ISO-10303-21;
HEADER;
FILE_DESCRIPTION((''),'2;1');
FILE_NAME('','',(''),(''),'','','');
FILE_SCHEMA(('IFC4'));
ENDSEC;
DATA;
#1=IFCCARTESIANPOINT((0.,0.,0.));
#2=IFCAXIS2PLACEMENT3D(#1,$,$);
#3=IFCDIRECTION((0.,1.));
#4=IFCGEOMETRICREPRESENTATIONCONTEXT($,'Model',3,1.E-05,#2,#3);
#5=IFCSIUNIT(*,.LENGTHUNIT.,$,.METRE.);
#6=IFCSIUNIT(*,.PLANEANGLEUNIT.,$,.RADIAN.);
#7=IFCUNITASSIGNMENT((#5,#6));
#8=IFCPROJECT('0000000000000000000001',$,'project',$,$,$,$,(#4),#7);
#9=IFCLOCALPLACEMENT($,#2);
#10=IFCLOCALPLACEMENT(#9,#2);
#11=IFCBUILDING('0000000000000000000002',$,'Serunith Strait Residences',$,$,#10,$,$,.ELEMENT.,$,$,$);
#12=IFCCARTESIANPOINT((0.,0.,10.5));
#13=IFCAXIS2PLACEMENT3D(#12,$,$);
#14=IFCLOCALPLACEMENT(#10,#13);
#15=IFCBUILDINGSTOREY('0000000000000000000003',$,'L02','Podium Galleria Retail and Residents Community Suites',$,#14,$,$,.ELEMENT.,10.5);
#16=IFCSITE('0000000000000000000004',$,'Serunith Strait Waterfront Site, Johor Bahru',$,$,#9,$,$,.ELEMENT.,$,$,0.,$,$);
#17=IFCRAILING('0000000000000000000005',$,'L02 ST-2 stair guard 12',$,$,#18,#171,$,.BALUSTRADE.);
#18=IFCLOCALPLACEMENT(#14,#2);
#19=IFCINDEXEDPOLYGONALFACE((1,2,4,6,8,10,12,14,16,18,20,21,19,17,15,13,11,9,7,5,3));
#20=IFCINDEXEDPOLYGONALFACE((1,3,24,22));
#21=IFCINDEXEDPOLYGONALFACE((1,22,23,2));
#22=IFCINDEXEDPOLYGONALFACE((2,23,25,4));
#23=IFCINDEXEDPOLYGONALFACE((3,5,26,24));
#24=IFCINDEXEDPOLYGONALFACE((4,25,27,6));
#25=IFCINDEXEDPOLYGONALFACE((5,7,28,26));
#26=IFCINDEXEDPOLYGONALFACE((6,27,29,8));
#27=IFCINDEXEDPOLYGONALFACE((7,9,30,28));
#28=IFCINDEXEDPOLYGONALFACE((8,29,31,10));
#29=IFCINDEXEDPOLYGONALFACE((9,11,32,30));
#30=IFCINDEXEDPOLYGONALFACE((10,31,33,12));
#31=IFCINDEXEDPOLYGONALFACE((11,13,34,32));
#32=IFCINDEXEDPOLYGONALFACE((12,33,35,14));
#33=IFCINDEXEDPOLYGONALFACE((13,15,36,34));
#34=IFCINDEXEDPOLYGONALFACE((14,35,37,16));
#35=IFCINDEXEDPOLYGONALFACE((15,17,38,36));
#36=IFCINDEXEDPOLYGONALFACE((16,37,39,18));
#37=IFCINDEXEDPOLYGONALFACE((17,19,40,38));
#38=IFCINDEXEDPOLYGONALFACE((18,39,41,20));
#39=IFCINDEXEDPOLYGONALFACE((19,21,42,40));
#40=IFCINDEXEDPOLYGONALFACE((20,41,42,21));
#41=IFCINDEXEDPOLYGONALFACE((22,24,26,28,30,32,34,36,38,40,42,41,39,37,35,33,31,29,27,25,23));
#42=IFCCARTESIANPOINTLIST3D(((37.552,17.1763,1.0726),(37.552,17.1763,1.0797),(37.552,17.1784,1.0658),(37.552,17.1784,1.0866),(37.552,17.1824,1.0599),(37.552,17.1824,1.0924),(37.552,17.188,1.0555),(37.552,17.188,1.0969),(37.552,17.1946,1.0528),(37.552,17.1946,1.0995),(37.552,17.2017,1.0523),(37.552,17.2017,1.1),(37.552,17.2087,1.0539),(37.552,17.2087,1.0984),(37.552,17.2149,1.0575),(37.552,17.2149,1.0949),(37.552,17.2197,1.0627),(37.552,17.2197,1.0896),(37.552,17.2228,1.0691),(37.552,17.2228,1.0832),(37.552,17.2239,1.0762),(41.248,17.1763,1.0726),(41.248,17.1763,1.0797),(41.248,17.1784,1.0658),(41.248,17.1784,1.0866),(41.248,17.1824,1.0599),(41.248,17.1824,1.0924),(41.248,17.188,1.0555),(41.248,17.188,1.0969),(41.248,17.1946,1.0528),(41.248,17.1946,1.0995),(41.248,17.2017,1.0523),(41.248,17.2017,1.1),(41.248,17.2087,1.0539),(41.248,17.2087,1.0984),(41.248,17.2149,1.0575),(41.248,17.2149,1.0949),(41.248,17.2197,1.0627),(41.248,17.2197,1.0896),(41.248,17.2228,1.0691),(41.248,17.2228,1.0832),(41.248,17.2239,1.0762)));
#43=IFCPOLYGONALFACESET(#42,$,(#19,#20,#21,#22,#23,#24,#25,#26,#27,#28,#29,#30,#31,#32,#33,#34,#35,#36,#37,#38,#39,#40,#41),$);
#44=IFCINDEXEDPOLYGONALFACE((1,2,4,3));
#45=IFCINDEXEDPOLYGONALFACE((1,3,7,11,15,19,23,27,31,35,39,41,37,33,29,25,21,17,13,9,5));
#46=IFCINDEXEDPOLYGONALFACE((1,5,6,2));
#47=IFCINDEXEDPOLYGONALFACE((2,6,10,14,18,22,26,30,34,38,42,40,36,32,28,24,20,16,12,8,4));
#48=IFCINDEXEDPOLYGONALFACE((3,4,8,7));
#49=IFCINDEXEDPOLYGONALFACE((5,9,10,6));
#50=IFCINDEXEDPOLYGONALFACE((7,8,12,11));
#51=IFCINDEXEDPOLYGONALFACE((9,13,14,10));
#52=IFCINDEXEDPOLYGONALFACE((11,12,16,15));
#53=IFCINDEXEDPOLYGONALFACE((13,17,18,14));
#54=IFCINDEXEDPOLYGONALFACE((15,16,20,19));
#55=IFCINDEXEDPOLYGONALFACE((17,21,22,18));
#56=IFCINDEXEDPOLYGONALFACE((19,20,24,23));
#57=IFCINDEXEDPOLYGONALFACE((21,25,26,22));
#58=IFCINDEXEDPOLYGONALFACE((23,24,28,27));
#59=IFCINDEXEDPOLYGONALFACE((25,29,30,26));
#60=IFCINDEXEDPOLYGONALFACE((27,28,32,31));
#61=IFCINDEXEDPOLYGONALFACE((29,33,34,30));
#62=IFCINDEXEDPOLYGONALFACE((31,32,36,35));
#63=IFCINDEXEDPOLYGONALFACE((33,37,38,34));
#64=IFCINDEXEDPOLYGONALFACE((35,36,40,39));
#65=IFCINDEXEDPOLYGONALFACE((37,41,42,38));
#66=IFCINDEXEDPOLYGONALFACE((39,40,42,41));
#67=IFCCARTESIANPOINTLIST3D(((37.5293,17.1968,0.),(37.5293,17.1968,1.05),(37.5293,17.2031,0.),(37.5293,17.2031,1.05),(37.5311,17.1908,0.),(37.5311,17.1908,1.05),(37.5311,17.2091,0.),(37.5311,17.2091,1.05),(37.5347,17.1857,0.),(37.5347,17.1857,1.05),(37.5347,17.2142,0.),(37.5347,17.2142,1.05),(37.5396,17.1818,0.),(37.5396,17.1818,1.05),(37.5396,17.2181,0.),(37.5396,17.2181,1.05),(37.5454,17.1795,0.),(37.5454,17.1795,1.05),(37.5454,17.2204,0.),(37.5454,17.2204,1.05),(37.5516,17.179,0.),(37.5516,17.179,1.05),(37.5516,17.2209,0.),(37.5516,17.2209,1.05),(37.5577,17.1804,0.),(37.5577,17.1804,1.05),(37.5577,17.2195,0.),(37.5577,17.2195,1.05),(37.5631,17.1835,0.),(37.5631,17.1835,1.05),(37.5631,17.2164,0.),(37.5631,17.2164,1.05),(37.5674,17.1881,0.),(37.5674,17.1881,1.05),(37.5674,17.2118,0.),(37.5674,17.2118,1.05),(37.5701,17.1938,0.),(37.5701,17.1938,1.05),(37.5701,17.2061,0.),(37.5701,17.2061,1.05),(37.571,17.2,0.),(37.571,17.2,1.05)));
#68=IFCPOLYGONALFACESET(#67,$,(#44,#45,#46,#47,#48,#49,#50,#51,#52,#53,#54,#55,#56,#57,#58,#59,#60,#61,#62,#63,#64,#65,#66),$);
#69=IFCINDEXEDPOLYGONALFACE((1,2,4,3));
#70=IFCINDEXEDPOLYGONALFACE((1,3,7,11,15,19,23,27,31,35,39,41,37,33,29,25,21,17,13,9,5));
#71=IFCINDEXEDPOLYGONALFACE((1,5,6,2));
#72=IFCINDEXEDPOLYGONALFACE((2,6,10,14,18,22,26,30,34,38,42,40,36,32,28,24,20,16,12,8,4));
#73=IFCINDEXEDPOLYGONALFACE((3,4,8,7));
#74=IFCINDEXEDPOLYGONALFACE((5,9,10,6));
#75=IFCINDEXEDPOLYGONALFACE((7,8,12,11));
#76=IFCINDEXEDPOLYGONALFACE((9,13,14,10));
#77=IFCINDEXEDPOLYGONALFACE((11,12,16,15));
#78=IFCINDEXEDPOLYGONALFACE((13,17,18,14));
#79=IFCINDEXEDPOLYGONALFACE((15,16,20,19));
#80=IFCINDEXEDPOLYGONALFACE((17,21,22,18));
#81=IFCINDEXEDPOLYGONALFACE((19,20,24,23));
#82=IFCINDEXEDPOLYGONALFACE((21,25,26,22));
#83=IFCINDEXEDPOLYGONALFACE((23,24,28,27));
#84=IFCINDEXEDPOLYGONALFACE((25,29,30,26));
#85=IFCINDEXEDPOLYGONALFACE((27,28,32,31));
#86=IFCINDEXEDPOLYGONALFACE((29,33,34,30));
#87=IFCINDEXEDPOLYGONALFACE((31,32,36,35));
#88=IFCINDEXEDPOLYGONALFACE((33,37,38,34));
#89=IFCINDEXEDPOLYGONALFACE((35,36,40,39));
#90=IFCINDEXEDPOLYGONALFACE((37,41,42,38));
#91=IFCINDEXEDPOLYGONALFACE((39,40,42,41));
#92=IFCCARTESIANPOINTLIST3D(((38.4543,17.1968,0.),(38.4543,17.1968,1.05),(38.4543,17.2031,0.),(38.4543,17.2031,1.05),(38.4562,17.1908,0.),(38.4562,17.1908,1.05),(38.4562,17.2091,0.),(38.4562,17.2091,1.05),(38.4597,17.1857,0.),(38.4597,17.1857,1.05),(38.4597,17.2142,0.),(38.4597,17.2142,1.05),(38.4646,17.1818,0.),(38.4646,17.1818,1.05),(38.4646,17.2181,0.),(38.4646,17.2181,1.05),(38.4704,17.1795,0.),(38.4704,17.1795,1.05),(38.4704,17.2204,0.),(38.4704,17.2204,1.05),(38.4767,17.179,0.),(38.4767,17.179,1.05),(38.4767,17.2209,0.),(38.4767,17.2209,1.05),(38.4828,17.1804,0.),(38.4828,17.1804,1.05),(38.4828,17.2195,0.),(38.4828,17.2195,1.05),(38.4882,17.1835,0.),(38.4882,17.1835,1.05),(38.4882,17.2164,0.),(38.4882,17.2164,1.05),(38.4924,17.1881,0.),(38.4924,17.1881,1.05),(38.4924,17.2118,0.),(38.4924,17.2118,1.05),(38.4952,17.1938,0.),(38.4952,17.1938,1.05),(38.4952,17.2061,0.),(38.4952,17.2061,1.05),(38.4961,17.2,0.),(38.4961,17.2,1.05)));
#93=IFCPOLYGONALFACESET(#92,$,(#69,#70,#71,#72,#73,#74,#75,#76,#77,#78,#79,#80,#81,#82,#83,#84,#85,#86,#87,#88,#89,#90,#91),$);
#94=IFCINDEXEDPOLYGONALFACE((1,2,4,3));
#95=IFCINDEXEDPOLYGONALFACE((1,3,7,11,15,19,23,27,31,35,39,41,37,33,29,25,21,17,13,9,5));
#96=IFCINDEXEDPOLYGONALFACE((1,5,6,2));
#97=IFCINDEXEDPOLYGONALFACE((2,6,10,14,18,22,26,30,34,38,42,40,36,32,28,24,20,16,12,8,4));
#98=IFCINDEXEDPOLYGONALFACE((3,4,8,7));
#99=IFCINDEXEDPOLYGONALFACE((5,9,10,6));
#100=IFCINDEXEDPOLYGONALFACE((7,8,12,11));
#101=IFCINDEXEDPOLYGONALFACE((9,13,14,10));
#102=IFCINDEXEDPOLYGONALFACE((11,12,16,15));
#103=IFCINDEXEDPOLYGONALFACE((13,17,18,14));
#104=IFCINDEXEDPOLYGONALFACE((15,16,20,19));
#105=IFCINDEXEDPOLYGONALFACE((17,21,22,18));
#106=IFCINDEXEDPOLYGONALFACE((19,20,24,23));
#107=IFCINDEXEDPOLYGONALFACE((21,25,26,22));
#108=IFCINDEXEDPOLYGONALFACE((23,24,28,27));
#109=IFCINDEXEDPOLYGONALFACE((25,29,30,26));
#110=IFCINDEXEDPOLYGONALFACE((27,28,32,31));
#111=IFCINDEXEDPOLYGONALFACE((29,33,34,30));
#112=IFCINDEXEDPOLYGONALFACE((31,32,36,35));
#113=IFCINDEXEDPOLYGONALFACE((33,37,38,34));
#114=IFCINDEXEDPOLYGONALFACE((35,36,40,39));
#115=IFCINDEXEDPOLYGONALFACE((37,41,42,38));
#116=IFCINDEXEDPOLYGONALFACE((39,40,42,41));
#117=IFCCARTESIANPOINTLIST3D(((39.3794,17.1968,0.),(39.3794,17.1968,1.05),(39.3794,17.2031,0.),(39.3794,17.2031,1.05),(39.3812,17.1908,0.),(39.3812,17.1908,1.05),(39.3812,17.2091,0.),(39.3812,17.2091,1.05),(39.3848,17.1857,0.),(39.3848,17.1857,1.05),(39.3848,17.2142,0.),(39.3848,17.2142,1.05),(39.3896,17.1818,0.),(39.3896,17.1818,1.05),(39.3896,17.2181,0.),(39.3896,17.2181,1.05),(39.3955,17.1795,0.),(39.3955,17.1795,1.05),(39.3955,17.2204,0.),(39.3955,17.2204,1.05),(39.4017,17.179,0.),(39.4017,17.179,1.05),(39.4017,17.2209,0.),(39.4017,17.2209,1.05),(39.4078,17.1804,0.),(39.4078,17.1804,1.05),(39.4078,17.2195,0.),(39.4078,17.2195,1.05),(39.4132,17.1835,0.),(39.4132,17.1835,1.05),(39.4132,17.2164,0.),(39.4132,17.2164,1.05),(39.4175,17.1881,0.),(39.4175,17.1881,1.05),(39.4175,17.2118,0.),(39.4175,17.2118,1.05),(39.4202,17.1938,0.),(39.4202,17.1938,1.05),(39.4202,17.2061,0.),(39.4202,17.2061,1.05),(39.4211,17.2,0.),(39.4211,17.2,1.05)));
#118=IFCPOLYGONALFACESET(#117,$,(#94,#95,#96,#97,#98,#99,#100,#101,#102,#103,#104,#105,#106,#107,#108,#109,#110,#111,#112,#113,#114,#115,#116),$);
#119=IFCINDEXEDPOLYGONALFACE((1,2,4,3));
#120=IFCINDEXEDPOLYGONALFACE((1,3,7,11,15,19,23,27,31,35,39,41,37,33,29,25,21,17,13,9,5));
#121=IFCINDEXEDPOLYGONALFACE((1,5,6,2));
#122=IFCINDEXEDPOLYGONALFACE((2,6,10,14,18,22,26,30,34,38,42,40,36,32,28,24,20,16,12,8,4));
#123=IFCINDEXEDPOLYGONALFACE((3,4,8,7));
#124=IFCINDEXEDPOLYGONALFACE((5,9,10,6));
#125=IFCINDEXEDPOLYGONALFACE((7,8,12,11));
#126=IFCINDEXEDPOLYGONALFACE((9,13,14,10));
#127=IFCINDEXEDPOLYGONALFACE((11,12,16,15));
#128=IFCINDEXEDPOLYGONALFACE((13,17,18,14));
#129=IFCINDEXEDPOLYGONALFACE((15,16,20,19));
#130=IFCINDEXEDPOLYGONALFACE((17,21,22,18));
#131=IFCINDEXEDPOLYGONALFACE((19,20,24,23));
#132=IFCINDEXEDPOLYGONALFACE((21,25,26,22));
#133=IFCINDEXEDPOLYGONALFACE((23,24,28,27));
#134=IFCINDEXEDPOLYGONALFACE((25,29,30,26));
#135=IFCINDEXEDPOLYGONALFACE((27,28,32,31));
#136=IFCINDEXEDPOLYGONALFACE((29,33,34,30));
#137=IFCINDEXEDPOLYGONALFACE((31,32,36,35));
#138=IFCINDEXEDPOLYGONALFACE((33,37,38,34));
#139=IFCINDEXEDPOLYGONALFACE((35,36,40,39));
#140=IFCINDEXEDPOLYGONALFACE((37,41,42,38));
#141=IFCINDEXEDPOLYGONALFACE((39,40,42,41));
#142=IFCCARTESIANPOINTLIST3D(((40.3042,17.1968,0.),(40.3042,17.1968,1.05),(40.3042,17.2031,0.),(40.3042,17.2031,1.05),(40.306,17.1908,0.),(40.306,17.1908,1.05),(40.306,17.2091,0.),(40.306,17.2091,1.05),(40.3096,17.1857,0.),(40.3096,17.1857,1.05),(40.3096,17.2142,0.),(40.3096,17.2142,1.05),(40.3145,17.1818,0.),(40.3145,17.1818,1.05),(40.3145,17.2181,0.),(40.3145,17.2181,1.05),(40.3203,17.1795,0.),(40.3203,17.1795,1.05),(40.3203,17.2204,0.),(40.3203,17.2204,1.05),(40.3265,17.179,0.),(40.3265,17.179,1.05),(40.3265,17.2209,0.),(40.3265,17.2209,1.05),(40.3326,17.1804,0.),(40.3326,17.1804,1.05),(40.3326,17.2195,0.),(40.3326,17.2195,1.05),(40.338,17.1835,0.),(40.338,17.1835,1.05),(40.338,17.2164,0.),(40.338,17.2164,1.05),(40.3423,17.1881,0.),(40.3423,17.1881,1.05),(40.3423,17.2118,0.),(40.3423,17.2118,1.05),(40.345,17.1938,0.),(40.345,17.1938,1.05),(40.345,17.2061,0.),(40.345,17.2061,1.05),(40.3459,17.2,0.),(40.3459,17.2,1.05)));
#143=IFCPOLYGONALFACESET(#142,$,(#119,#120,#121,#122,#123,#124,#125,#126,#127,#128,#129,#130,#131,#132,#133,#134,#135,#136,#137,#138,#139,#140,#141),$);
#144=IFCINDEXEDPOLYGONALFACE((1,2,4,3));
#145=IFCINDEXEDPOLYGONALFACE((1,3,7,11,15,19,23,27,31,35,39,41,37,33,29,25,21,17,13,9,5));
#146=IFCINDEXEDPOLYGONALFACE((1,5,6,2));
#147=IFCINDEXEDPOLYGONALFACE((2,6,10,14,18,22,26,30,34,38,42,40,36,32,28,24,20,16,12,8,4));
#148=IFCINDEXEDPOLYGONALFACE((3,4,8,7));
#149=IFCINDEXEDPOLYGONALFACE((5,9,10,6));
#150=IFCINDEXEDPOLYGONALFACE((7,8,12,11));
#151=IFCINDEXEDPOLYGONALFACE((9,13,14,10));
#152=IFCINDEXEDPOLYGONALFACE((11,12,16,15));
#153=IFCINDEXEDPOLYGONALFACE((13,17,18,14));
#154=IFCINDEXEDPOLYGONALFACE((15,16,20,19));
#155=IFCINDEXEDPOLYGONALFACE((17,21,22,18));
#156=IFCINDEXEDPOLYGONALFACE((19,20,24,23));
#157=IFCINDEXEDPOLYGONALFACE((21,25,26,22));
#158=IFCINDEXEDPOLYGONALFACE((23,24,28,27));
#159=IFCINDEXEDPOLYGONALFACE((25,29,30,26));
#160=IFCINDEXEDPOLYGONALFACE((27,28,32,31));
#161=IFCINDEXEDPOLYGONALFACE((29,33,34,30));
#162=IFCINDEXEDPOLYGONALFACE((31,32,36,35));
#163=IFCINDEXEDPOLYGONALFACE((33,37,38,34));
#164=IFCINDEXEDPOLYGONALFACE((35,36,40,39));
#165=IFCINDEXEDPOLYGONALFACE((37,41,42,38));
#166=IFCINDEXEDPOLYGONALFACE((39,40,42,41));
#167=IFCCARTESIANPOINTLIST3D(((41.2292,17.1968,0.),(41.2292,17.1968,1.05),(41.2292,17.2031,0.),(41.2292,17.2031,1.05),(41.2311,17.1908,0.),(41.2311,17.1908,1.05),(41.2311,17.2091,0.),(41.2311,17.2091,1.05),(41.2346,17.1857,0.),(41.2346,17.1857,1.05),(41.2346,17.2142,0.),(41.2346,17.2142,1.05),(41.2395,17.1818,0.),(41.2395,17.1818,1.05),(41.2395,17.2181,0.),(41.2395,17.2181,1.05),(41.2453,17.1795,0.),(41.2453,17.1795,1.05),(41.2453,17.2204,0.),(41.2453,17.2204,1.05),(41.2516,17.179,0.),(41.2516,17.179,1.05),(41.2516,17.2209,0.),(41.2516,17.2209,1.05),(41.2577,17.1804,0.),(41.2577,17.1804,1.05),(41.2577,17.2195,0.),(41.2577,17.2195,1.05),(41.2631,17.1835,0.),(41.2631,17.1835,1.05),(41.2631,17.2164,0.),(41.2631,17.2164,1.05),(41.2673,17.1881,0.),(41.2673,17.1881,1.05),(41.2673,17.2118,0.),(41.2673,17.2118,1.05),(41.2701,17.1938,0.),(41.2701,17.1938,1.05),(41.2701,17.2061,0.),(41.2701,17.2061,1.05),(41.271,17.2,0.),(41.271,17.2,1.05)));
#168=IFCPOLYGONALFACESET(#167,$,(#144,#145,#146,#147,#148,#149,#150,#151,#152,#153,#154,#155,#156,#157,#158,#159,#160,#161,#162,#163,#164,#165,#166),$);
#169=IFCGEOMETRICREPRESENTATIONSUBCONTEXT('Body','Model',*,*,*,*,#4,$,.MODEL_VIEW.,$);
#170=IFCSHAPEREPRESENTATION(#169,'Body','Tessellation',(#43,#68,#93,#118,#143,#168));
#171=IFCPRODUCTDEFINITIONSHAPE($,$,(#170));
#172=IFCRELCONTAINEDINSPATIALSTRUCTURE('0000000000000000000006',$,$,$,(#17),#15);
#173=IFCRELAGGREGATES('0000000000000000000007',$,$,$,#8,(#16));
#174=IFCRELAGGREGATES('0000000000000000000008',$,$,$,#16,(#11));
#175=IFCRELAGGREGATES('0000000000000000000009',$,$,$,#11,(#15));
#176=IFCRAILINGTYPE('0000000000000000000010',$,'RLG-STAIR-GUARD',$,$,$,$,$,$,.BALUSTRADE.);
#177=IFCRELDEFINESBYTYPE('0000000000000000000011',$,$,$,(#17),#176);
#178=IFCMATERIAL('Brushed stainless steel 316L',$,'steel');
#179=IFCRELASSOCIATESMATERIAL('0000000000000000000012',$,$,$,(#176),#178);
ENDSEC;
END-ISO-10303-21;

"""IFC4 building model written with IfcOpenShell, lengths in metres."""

from ifc_helpers import new_model, si_unit, direction, frame, origin, origin_2d, place, context, subcontext, project, spatial, circle, extrude, material, type_object, element, save


model = new_model("IFC4")

# Units and contexts
model_context = context("Model", 3, precision=1e-05, world=origin(), true_north=direction((0.0, 1.0)))
body_context = subcontext(model_context, "Body", "Model", "MODEL_VIEW")
ifc_project = project(units=[si_unit("LENGTHUNIT", "METRE"), si_unit("PLANEANGLEUNIT", "RADIAN")], contexts=[model_context])

# Site, building, storey
site_placement = place(None, origin())
site = spatial("IfcSite", under=ifc_project, at=site_placement, Name="Serunith Strait Waterfront Site, Johor Bahru", CompositionType="ELEMENT", RefElevation=0.0)
building_placement = place(site_placement, origin())
building = spatial("IfcBuilding", under=site, at=building_placement, Name="Serunith Strait Residences", CompositionType="ELEMENT")
storey_placement = place(building_placement, frame((0.0, 0.0, 10.5)))
storey = spatial("IfcBuildingStorey", under=building, at=storey_placement, Name="L02", Description="Podium Galleria Retail and Residents Community Suites", CompositionType="ELEMENT", Elevation=10.5)

# Railing
ifc_material_1 = material(Name="Brushed stainless steel 316L", Category="steel")
railing_type = type_object("IfcRailingType", Name="RLG-STAIR-GUARD", PredefinedType="BALUSTRADE", material=ifc_material_1)
railing_1_placement = place(storey_placement, frame((37.55, 17.2, 0.0)))
element("IfcRailing", 1, at=railing_1_placement, inside=storey, type_object=railing_type, Name="L02 ST-2 stair guard 12", PredefinedType="BALUSTRADE", context=body_context, shape_type="SweptSolid", body=[
    extrude(circle(Radius=0.0239, at=origin_2d()), frame((0.002, 0.0, 1.0762), z_axis=(1.0, 0.0, 0.0), x_axis=(0.0, 1.0, 0.0)), (0.0, 0.0, 1.0), 3.696),
    extrude(circle(Radius=0.021, at=origin_2d()), origin(), (0.0, 0.0, 1.0), 1.05),
    extrude(circle(Radius=0.021, at=origin_2d()), frame((0.925, 0.0, 0.0)), (0.0, 0.0, 1.0), 1.05),
    extrude(circle(Radius=0.021, at=origin_2d()), frame((1.8501, 0.0, 0.0)), (0.0, 0.0, 1.0), 1.05),
    extrude(circle(Radius=0.021, at=origin_2d()), frame((2.7749, 0.0, 0.0)), (0.0, 0.0, 1.0), 1.05),
    extrude(circle(Radius=0.021, at=origin_2d()), frame((3.7, 0.0, 0.0)), (0.0, 0.0, 1.0), 1.05),
])

save(model, "model.ifc")
